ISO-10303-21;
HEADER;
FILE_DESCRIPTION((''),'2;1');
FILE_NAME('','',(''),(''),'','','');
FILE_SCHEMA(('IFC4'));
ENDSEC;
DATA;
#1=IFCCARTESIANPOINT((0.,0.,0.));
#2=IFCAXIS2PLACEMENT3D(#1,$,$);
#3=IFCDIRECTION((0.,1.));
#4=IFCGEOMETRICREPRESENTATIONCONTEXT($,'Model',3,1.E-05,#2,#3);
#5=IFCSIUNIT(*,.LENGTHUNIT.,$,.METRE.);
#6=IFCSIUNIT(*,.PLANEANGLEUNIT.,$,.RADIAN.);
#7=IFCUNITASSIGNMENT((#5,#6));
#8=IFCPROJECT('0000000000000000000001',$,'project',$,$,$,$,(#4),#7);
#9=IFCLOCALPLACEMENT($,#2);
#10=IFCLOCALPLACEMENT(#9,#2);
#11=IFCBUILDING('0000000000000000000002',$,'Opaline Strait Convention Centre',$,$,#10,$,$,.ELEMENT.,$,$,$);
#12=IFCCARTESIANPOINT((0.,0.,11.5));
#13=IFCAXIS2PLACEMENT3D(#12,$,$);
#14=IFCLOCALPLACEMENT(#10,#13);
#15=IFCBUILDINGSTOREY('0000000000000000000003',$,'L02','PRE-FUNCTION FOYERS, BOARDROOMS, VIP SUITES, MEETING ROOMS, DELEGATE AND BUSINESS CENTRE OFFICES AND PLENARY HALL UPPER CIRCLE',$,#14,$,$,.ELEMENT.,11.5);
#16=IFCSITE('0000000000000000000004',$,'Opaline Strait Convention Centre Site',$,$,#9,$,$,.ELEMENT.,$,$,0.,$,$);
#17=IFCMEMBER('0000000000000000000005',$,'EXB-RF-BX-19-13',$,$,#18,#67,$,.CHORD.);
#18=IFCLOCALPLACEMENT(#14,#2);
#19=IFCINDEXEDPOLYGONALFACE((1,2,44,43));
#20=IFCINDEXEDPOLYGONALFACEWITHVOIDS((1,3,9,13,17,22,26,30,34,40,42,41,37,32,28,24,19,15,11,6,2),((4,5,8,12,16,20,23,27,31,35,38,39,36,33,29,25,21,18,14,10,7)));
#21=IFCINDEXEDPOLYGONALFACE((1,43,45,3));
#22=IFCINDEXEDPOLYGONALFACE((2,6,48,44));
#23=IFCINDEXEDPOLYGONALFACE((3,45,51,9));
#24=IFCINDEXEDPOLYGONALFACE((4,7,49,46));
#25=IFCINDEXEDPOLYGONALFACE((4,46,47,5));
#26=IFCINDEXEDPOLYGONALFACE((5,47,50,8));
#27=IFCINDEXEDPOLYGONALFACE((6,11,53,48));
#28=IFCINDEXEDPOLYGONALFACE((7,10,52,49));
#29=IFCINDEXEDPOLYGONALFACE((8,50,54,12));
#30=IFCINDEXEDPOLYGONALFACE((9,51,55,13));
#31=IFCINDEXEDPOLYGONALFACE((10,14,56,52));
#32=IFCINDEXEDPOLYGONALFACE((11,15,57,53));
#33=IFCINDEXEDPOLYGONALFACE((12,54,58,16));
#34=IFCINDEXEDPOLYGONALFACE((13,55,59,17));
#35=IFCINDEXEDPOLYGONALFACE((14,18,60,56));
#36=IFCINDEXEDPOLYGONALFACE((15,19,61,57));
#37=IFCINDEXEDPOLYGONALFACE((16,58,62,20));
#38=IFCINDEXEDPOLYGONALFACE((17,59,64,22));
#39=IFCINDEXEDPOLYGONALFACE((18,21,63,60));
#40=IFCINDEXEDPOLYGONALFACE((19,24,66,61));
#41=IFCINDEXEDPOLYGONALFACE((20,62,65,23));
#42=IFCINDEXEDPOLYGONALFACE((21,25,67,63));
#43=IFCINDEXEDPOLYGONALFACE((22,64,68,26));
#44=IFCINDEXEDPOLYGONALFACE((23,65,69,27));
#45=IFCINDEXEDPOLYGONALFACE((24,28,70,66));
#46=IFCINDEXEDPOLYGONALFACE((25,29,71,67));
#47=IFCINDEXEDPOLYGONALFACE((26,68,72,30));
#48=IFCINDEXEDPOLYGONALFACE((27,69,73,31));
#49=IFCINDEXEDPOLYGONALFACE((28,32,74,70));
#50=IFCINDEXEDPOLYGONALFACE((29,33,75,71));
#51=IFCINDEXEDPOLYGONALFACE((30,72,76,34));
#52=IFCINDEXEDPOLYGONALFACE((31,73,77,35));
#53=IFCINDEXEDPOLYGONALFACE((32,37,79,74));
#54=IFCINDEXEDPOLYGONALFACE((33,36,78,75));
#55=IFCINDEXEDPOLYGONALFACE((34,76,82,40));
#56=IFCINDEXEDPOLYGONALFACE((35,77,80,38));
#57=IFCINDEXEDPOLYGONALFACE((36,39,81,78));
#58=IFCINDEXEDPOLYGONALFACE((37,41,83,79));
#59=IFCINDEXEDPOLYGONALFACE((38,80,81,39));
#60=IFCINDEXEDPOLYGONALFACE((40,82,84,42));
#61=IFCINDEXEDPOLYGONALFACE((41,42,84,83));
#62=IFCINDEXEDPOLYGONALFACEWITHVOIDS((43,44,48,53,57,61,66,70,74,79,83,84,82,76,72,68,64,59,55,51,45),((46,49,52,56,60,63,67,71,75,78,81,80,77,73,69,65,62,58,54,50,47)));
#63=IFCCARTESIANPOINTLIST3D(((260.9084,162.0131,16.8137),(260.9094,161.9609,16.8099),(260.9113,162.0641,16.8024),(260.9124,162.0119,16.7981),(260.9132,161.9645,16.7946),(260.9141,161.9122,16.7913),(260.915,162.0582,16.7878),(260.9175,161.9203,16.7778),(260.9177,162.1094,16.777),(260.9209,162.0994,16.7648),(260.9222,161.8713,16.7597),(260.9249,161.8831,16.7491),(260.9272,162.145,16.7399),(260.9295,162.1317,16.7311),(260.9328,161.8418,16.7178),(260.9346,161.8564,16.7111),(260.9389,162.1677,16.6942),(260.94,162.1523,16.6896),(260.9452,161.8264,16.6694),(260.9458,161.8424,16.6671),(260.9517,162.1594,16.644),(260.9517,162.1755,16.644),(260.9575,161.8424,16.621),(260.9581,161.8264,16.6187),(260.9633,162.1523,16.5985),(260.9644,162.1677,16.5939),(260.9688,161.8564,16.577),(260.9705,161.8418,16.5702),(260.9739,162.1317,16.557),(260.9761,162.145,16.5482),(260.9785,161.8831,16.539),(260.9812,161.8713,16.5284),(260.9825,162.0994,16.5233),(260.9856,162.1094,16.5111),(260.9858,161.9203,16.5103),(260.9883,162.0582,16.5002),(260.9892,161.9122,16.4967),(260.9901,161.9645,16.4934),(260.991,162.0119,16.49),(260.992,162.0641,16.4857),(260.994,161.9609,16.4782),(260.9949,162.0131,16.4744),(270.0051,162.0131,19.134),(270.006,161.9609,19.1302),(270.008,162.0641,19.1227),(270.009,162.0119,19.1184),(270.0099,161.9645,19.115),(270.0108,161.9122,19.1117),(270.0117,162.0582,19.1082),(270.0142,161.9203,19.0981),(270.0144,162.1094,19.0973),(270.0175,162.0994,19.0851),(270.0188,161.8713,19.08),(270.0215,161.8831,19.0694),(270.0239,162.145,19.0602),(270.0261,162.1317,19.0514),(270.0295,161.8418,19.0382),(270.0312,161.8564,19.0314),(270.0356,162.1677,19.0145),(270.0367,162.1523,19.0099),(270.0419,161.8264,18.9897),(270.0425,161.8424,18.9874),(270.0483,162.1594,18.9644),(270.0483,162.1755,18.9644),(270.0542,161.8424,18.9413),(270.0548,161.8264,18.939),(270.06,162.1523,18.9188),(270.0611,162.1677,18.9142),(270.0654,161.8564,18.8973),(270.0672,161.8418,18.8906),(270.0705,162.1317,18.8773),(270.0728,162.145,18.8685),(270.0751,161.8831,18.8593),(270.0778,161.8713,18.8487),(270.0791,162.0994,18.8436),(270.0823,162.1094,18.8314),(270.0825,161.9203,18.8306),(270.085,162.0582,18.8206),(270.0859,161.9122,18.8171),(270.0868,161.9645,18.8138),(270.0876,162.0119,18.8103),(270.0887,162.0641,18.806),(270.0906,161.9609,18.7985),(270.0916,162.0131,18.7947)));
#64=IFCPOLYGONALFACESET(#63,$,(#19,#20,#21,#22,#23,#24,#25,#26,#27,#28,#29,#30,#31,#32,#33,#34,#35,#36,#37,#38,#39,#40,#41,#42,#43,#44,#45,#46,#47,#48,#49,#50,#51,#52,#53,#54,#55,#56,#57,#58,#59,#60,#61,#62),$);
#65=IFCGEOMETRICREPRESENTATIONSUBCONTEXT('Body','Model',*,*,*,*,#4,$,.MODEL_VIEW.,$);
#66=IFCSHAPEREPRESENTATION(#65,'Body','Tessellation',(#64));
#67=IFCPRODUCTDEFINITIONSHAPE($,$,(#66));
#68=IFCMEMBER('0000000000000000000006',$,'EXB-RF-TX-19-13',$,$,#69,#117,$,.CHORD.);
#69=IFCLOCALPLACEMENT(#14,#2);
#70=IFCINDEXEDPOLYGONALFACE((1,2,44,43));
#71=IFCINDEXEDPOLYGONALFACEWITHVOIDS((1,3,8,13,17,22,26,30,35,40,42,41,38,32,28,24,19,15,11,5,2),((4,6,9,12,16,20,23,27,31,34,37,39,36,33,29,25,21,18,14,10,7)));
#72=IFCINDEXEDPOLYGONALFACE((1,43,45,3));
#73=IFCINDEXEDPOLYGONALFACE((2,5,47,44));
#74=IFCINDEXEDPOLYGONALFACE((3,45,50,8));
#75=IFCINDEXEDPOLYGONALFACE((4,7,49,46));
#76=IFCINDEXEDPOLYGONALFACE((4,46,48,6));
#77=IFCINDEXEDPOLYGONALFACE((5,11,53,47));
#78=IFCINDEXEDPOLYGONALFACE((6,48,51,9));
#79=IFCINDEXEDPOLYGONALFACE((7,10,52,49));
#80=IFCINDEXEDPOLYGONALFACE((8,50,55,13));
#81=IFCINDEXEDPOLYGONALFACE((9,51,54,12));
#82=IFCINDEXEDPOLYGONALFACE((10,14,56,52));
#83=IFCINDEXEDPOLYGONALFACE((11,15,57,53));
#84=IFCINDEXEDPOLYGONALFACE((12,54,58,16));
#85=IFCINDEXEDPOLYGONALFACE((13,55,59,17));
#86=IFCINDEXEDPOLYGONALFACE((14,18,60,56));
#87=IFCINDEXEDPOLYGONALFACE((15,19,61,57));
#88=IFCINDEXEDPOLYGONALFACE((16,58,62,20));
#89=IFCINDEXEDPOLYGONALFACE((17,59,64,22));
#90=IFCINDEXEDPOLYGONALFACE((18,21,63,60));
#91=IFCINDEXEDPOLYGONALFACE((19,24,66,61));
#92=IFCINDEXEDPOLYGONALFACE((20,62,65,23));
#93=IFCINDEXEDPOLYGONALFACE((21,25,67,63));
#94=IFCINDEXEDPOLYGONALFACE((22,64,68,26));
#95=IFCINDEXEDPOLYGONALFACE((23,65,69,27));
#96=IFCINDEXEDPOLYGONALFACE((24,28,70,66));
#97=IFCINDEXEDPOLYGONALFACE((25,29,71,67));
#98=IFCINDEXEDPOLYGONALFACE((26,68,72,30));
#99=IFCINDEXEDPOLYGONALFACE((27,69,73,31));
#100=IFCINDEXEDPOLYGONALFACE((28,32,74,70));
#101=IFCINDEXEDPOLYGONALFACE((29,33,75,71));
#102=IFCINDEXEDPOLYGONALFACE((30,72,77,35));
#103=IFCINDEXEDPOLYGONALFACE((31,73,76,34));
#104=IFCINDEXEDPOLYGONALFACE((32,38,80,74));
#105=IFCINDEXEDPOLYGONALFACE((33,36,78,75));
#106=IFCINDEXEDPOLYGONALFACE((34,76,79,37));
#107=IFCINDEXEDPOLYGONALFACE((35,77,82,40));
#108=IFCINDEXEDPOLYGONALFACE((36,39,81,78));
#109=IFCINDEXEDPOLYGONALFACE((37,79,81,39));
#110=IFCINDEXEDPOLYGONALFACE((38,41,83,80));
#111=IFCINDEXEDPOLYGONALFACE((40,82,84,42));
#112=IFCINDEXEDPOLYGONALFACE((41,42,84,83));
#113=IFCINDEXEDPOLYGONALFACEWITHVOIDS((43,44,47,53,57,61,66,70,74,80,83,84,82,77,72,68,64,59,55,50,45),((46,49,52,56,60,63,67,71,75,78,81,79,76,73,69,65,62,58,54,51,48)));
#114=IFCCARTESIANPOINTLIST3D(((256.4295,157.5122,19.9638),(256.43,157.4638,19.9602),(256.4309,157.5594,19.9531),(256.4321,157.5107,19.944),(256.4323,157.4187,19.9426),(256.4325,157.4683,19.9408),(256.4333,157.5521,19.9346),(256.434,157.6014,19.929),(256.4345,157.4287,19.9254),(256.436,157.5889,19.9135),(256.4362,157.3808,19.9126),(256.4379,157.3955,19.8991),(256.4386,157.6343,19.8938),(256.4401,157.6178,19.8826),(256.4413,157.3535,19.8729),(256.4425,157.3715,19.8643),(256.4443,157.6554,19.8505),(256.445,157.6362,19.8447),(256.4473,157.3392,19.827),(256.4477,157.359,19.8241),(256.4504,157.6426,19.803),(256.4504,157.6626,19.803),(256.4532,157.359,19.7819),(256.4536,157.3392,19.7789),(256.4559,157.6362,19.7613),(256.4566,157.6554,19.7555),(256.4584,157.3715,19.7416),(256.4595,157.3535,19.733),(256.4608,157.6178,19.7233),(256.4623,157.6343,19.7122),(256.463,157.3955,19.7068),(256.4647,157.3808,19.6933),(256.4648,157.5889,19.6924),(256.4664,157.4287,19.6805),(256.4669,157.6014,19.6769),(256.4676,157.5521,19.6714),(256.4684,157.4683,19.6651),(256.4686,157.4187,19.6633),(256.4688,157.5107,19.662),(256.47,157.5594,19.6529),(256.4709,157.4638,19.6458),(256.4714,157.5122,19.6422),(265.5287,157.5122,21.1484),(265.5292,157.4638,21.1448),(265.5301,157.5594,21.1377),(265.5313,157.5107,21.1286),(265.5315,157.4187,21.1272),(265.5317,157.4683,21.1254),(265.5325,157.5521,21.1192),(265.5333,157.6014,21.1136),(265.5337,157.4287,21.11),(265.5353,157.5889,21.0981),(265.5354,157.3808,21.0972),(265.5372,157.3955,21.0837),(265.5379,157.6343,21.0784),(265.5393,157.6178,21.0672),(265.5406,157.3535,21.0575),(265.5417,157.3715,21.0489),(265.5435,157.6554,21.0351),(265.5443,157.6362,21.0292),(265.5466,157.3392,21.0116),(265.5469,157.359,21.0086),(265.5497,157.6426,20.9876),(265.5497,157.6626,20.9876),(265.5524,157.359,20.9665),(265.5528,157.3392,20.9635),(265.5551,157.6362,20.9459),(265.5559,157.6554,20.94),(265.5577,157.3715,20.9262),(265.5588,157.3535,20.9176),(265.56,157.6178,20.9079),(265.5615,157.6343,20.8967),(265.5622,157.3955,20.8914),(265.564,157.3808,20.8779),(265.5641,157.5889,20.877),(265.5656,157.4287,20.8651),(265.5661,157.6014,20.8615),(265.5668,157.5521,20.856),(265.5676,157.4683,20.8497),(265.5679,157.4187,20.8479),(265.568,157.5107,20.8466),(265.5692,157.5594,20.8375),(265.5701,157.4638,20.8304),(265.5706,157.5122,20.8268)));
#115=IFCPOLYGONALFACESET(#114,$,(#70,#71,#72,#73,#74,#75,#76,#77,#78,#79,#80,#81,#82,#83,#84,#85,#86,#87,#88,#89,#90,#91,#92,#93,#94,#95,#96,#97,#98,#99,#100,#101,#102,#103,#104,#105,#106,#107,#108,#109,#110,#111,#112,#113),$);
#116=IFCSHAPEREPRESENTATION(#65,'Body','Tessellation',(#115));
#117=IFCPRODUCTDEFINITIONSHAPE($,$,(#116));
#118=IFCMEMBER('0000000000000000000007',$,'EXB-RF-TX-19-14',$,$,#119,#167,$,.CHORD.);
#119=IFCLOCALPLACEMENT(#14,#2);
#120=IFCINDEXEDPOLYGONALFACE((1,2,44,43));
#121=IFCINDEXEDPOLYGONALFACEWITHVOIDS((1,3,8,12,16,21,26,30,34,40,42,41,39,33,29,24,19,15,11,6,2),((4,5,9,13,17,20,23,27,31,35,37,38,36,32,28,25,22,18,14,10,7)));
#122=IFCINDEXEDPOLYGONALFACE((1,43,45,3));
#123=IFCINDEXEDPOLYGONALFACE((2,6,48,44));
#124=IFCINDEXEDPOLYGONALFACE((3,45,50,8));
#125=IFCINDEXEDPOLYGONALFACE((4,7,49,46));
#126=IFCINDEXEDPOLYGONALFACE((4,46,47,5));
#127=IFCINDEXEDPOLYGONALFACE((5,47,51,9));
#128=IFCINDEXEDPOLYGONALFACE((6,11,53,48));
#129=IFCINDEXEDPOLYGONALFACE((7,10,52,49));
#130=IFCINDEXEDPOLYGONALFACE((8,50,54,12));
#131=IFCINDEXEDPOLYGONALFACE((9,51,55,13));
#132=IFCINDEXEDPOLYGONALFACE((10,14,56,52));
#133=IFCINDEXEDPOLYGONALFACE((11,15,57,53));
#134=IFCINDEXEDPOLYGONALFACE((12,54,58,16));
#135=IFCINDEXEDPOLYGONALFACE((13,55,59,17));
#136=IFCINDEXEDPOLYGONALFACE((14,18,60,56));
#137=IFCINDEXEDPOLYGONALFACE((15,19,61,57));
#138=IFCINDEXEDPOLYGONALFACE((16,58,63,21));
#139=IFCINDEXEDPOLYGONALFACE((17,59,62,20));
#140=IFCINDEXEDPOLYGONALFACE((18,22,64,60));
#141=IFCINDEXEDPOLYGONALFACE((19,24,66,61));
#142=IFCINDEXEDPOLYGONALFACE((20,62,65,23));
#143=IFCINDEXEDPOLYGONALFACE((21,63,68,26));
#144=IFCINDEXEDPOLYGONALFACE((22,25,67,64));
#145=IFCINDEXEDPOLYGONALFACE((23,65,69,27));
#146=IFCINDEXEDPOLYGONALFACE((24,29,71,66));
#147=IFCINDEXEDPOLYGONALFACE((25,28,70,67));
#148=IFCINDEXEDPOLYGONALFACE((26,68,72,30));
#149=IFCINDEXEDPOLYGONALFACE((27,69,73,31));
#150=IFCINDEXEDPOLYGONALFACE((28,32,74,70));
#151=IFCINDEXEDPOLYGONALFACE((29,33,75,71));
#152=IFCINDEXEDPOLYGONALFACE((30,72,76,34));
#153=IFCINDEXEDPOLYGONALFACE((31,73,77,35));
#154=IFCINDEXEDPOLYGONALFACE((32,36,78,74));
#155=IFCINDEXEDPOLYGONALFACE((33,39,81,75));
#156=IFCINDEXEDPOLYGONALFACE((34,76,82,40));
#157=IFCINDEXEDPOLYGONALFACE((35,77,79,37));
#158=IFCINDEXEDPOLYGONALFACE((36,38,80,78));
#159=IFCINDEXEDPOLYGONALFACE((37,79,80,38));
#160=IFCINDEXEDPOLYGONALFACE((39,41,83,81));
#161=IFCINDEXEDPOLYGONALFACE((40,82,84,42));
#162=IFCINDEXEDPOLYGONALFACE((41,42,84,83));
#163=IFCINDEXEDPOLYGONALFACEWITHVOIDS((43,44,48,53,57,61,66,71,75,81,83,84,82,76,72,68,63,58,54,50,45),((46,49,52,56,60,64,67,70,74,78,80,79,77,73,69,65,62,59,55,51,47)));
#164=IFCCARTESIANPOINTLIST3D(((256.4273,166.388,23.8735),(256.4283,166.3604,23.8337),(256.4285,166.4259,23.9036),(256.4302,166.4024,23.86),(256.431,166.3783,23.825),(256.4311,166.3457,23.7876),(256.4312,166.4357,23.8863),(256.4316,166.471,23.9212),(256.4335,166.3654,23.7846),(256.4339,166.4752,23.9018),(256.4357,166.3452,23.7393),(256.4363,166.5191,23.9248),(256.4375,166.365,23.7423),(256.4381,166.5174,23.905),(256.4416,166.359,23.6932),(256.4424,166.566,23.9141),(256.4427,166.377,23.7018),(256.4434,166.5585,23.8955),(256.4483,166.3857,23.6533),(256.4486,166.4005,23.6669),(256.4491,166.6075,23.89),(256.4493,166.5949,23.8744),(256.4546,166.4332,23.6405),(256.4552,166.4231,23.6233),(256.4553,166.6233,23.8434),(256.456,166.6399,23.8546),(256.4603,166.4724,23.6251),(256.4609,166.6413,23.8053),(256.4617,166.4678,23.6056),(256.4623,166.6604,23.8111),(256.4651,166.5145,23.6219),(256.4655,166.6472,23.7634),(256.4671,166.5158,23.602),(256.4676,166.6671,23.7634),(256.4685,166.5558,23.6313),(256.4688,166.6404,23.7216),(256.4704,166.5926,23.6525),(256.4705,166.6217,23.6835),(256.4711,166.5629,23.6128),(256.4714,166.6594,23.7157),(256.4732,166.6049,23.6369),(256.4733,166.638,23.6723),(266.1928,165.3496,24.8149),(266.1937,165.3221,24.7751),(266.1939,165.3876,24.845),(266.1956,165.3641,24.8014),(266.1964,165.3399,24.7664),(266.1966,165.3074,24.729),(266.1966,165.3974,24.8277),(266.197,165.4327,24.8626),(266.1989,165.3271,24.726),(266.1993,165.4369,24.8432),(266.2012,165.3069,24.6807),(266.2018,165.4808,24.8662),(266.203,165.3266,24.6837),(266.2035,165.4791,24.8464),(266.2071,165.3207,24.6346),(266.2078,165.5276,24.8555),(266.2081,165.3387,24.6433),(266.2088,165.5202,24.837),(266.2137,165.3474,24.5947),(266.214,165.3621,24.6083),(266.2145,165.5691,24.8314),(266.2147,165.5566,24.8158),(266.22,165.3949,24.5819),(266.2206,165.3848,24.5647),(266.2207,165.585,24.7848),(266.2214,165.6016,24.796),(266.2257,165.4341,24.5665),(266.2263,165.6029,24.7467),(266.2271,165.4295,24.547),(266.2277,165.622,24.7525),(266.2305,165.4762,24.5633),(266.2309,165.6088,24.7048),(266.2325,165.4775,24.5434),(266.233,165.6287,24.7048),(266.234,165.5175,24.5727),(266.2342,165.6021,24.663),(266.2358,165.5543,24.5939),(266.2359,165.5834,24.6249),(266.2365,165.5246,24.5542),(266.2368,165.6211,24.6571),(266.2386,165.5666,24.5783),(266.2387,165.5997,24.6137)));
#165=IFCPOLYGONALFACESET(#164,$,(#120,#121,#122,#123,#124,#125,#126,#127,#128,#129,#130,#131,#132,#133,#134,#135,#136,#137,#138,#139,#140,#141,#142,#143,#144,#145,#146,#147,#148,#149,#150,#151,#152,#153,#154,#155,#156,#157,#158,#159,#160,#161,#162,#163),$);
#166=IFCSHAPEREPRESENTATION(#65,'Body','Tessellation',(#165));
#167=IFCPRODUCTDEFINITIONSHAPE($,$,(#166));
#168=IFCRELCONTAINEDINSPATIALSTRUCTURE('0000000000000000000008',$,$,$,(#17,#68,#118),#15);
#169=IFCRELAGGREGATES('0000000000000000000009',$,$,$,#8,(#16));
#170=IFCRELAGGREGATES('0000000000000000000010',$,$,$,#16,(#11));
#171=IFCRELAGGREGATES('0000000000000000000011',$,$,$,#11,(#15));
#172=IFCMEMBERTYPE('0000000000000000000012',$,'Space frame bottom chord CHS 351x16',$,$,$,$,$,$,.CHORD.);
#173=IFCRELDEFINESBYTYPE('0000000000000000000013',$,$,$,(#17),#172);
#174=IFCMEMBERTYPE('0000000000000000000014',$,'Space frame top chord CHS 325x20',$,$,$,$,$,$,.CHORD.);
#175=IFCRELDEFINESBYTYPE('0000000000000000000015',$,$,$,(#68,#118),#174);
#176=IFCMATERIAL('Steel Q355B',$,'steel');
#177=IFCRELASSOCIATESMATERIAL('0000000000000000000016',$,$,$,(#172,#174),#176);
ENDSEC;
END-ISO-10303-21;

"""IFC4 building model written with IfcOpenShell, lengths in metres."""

from ifc_helpers import new_model, si_unit, direction, frame, origin, origin_2d, place, context, subcontext, project, spatial, hollow_circle, extrude, material, material_profile, profile_set, type_object, element, save


model = new_model("IFC4")

# Units and contexts
model_context = context("Model", 3, precision=1e-05, world=origin(), true_north=direction((0.0, 1.0)))
body_context = subcontext(model_context, "Body", "Model", "MODEL_VIEW")
ifc_project = project(units=[si_unit("LENGTHUNIT", "METRE"), si_unit("PLANEANGLEUNIT", "RADIAN")], contexts=[model_context])

# Site, building, storey
site_placement = place(None, origin())
site = spatial("IfcSite", under=ifc_project, at=site_placement, Name="Opaline Strait Convention Centre Site", CompositionType="ELEMENT", RefElevation=0.0)
building_placement = place(site_placement, origin())
building = spatial("IfcBuilding", under=site, at=building_placement, Name="Opaline Strait Convention Centre", CompositionType="ELEMENT")
storey_placement = place(building_placement, frame((0.0, 0.0, 11.5)))
storey = spatial("IfcBuildingStorey", under=building, at=storey_placement, Name="L02", Description="PRE-FUNCTION FOYERS, BOARDROOMS, VIP SUITES, MEETING ROOMS, DELEGATE AND BUSINESS CENTRE OFFICES AND PLENARY HALL UPPER CIRCLE", CompositionType="ELEMENT", Elevation=11.5)

# Members
ifc_material_1 = material(Name="Steel Q355B", Category="steel")
ifc_material_profile_1 = material_profile(ifc_material_1, hollow_circle(Radius=0.1755, WallThickness=0.0161, at=origin_2d()), Name="CHS 351x16")
ifc_profile_set_1 = profile_set([ifc_material_profile_1], Name="Steel Q355B")
member_type_1 = type_object("IfcMemberType", Name="Space frame bottom chord CHS 351x16", PredefinedType="CHORD", material=ifc_profile_set_1)
member_1_placement = place(storey_placement, frame((260.9517, 162.0, 16.644), z_axis=(0.968975, 0.0, 0.247159), x_axis=(0.0, 1.0, 0.0)))
element("IfcMember", 1, at=member_1_placement, inside=storey, type_object=member_type_1, Name="EXB-RF-BX-19-13", PredefinedType="CHORD", context=body_context, shape_type="SweptSolid", body=[
    extrude(hollow_circle(Radius=0.1755, WallThickness=0.0161, at=origin_2d()), origin(), (0.0, 0.0, 1.0), 9.3879),
])
ifc_material_profile_2 = material_profile(ifc_material_1, hollow_circle(Radius=0.1626, WallThickness=0.02, at=origin_2d()), Name="CHS 325x20")
ifc_profile_set_2 = profile_set([ifc_material_profile_2], Name="Steel Q355B")
member_type_2 = type_object("IfcMemberType", Name="Space frame top chord CHS 325x20", PredefinedType="CHORD", material=ifc_profile_set_2)
member_2_placement = place(storey_placement, frame((256.4504, 157.5, 19.803), z_axis=(0.991632, 0.0, 0.129096), x_axis=(0.0, 1.0, 0.0)))
element("IfcMember", 2, at=member_2_placement, inside=storey, type_object=member_type_2, Name="EXB-RF-TX-19-13", PredefinedType="CHORD", context=body_context, shape_type="SweptSolid", body=[
    extrude(hollow_circle(Radius=0.1626, WallThickness=0.02, at=origin_2d()), origin(), (0.0, 0.0, 1.0), 9.176),
])
member_3_placement = place(storey_placement, frame((256.4504, 166.5054, 23.7634), z_axis=(0.989857, -0.105249, 0.095425), x_axis=(0.105732, 0.994395, 0.0)))
element("IfcMember", 3, at=member_3_placement, inside=storey, type_object=member_type_2, Name="EXB-RF-TX-19-14", PredefinedType="CHORD", context=body_context, shape_type="SweptSolid", body=[
    extrude(hollow_circle(Radius=0.1626, WallThickness=0.02, at=origin_2d()), origin(), (0.0, 0.0, 1.0), 9.8655),
])

save(model, "model.ifc")
